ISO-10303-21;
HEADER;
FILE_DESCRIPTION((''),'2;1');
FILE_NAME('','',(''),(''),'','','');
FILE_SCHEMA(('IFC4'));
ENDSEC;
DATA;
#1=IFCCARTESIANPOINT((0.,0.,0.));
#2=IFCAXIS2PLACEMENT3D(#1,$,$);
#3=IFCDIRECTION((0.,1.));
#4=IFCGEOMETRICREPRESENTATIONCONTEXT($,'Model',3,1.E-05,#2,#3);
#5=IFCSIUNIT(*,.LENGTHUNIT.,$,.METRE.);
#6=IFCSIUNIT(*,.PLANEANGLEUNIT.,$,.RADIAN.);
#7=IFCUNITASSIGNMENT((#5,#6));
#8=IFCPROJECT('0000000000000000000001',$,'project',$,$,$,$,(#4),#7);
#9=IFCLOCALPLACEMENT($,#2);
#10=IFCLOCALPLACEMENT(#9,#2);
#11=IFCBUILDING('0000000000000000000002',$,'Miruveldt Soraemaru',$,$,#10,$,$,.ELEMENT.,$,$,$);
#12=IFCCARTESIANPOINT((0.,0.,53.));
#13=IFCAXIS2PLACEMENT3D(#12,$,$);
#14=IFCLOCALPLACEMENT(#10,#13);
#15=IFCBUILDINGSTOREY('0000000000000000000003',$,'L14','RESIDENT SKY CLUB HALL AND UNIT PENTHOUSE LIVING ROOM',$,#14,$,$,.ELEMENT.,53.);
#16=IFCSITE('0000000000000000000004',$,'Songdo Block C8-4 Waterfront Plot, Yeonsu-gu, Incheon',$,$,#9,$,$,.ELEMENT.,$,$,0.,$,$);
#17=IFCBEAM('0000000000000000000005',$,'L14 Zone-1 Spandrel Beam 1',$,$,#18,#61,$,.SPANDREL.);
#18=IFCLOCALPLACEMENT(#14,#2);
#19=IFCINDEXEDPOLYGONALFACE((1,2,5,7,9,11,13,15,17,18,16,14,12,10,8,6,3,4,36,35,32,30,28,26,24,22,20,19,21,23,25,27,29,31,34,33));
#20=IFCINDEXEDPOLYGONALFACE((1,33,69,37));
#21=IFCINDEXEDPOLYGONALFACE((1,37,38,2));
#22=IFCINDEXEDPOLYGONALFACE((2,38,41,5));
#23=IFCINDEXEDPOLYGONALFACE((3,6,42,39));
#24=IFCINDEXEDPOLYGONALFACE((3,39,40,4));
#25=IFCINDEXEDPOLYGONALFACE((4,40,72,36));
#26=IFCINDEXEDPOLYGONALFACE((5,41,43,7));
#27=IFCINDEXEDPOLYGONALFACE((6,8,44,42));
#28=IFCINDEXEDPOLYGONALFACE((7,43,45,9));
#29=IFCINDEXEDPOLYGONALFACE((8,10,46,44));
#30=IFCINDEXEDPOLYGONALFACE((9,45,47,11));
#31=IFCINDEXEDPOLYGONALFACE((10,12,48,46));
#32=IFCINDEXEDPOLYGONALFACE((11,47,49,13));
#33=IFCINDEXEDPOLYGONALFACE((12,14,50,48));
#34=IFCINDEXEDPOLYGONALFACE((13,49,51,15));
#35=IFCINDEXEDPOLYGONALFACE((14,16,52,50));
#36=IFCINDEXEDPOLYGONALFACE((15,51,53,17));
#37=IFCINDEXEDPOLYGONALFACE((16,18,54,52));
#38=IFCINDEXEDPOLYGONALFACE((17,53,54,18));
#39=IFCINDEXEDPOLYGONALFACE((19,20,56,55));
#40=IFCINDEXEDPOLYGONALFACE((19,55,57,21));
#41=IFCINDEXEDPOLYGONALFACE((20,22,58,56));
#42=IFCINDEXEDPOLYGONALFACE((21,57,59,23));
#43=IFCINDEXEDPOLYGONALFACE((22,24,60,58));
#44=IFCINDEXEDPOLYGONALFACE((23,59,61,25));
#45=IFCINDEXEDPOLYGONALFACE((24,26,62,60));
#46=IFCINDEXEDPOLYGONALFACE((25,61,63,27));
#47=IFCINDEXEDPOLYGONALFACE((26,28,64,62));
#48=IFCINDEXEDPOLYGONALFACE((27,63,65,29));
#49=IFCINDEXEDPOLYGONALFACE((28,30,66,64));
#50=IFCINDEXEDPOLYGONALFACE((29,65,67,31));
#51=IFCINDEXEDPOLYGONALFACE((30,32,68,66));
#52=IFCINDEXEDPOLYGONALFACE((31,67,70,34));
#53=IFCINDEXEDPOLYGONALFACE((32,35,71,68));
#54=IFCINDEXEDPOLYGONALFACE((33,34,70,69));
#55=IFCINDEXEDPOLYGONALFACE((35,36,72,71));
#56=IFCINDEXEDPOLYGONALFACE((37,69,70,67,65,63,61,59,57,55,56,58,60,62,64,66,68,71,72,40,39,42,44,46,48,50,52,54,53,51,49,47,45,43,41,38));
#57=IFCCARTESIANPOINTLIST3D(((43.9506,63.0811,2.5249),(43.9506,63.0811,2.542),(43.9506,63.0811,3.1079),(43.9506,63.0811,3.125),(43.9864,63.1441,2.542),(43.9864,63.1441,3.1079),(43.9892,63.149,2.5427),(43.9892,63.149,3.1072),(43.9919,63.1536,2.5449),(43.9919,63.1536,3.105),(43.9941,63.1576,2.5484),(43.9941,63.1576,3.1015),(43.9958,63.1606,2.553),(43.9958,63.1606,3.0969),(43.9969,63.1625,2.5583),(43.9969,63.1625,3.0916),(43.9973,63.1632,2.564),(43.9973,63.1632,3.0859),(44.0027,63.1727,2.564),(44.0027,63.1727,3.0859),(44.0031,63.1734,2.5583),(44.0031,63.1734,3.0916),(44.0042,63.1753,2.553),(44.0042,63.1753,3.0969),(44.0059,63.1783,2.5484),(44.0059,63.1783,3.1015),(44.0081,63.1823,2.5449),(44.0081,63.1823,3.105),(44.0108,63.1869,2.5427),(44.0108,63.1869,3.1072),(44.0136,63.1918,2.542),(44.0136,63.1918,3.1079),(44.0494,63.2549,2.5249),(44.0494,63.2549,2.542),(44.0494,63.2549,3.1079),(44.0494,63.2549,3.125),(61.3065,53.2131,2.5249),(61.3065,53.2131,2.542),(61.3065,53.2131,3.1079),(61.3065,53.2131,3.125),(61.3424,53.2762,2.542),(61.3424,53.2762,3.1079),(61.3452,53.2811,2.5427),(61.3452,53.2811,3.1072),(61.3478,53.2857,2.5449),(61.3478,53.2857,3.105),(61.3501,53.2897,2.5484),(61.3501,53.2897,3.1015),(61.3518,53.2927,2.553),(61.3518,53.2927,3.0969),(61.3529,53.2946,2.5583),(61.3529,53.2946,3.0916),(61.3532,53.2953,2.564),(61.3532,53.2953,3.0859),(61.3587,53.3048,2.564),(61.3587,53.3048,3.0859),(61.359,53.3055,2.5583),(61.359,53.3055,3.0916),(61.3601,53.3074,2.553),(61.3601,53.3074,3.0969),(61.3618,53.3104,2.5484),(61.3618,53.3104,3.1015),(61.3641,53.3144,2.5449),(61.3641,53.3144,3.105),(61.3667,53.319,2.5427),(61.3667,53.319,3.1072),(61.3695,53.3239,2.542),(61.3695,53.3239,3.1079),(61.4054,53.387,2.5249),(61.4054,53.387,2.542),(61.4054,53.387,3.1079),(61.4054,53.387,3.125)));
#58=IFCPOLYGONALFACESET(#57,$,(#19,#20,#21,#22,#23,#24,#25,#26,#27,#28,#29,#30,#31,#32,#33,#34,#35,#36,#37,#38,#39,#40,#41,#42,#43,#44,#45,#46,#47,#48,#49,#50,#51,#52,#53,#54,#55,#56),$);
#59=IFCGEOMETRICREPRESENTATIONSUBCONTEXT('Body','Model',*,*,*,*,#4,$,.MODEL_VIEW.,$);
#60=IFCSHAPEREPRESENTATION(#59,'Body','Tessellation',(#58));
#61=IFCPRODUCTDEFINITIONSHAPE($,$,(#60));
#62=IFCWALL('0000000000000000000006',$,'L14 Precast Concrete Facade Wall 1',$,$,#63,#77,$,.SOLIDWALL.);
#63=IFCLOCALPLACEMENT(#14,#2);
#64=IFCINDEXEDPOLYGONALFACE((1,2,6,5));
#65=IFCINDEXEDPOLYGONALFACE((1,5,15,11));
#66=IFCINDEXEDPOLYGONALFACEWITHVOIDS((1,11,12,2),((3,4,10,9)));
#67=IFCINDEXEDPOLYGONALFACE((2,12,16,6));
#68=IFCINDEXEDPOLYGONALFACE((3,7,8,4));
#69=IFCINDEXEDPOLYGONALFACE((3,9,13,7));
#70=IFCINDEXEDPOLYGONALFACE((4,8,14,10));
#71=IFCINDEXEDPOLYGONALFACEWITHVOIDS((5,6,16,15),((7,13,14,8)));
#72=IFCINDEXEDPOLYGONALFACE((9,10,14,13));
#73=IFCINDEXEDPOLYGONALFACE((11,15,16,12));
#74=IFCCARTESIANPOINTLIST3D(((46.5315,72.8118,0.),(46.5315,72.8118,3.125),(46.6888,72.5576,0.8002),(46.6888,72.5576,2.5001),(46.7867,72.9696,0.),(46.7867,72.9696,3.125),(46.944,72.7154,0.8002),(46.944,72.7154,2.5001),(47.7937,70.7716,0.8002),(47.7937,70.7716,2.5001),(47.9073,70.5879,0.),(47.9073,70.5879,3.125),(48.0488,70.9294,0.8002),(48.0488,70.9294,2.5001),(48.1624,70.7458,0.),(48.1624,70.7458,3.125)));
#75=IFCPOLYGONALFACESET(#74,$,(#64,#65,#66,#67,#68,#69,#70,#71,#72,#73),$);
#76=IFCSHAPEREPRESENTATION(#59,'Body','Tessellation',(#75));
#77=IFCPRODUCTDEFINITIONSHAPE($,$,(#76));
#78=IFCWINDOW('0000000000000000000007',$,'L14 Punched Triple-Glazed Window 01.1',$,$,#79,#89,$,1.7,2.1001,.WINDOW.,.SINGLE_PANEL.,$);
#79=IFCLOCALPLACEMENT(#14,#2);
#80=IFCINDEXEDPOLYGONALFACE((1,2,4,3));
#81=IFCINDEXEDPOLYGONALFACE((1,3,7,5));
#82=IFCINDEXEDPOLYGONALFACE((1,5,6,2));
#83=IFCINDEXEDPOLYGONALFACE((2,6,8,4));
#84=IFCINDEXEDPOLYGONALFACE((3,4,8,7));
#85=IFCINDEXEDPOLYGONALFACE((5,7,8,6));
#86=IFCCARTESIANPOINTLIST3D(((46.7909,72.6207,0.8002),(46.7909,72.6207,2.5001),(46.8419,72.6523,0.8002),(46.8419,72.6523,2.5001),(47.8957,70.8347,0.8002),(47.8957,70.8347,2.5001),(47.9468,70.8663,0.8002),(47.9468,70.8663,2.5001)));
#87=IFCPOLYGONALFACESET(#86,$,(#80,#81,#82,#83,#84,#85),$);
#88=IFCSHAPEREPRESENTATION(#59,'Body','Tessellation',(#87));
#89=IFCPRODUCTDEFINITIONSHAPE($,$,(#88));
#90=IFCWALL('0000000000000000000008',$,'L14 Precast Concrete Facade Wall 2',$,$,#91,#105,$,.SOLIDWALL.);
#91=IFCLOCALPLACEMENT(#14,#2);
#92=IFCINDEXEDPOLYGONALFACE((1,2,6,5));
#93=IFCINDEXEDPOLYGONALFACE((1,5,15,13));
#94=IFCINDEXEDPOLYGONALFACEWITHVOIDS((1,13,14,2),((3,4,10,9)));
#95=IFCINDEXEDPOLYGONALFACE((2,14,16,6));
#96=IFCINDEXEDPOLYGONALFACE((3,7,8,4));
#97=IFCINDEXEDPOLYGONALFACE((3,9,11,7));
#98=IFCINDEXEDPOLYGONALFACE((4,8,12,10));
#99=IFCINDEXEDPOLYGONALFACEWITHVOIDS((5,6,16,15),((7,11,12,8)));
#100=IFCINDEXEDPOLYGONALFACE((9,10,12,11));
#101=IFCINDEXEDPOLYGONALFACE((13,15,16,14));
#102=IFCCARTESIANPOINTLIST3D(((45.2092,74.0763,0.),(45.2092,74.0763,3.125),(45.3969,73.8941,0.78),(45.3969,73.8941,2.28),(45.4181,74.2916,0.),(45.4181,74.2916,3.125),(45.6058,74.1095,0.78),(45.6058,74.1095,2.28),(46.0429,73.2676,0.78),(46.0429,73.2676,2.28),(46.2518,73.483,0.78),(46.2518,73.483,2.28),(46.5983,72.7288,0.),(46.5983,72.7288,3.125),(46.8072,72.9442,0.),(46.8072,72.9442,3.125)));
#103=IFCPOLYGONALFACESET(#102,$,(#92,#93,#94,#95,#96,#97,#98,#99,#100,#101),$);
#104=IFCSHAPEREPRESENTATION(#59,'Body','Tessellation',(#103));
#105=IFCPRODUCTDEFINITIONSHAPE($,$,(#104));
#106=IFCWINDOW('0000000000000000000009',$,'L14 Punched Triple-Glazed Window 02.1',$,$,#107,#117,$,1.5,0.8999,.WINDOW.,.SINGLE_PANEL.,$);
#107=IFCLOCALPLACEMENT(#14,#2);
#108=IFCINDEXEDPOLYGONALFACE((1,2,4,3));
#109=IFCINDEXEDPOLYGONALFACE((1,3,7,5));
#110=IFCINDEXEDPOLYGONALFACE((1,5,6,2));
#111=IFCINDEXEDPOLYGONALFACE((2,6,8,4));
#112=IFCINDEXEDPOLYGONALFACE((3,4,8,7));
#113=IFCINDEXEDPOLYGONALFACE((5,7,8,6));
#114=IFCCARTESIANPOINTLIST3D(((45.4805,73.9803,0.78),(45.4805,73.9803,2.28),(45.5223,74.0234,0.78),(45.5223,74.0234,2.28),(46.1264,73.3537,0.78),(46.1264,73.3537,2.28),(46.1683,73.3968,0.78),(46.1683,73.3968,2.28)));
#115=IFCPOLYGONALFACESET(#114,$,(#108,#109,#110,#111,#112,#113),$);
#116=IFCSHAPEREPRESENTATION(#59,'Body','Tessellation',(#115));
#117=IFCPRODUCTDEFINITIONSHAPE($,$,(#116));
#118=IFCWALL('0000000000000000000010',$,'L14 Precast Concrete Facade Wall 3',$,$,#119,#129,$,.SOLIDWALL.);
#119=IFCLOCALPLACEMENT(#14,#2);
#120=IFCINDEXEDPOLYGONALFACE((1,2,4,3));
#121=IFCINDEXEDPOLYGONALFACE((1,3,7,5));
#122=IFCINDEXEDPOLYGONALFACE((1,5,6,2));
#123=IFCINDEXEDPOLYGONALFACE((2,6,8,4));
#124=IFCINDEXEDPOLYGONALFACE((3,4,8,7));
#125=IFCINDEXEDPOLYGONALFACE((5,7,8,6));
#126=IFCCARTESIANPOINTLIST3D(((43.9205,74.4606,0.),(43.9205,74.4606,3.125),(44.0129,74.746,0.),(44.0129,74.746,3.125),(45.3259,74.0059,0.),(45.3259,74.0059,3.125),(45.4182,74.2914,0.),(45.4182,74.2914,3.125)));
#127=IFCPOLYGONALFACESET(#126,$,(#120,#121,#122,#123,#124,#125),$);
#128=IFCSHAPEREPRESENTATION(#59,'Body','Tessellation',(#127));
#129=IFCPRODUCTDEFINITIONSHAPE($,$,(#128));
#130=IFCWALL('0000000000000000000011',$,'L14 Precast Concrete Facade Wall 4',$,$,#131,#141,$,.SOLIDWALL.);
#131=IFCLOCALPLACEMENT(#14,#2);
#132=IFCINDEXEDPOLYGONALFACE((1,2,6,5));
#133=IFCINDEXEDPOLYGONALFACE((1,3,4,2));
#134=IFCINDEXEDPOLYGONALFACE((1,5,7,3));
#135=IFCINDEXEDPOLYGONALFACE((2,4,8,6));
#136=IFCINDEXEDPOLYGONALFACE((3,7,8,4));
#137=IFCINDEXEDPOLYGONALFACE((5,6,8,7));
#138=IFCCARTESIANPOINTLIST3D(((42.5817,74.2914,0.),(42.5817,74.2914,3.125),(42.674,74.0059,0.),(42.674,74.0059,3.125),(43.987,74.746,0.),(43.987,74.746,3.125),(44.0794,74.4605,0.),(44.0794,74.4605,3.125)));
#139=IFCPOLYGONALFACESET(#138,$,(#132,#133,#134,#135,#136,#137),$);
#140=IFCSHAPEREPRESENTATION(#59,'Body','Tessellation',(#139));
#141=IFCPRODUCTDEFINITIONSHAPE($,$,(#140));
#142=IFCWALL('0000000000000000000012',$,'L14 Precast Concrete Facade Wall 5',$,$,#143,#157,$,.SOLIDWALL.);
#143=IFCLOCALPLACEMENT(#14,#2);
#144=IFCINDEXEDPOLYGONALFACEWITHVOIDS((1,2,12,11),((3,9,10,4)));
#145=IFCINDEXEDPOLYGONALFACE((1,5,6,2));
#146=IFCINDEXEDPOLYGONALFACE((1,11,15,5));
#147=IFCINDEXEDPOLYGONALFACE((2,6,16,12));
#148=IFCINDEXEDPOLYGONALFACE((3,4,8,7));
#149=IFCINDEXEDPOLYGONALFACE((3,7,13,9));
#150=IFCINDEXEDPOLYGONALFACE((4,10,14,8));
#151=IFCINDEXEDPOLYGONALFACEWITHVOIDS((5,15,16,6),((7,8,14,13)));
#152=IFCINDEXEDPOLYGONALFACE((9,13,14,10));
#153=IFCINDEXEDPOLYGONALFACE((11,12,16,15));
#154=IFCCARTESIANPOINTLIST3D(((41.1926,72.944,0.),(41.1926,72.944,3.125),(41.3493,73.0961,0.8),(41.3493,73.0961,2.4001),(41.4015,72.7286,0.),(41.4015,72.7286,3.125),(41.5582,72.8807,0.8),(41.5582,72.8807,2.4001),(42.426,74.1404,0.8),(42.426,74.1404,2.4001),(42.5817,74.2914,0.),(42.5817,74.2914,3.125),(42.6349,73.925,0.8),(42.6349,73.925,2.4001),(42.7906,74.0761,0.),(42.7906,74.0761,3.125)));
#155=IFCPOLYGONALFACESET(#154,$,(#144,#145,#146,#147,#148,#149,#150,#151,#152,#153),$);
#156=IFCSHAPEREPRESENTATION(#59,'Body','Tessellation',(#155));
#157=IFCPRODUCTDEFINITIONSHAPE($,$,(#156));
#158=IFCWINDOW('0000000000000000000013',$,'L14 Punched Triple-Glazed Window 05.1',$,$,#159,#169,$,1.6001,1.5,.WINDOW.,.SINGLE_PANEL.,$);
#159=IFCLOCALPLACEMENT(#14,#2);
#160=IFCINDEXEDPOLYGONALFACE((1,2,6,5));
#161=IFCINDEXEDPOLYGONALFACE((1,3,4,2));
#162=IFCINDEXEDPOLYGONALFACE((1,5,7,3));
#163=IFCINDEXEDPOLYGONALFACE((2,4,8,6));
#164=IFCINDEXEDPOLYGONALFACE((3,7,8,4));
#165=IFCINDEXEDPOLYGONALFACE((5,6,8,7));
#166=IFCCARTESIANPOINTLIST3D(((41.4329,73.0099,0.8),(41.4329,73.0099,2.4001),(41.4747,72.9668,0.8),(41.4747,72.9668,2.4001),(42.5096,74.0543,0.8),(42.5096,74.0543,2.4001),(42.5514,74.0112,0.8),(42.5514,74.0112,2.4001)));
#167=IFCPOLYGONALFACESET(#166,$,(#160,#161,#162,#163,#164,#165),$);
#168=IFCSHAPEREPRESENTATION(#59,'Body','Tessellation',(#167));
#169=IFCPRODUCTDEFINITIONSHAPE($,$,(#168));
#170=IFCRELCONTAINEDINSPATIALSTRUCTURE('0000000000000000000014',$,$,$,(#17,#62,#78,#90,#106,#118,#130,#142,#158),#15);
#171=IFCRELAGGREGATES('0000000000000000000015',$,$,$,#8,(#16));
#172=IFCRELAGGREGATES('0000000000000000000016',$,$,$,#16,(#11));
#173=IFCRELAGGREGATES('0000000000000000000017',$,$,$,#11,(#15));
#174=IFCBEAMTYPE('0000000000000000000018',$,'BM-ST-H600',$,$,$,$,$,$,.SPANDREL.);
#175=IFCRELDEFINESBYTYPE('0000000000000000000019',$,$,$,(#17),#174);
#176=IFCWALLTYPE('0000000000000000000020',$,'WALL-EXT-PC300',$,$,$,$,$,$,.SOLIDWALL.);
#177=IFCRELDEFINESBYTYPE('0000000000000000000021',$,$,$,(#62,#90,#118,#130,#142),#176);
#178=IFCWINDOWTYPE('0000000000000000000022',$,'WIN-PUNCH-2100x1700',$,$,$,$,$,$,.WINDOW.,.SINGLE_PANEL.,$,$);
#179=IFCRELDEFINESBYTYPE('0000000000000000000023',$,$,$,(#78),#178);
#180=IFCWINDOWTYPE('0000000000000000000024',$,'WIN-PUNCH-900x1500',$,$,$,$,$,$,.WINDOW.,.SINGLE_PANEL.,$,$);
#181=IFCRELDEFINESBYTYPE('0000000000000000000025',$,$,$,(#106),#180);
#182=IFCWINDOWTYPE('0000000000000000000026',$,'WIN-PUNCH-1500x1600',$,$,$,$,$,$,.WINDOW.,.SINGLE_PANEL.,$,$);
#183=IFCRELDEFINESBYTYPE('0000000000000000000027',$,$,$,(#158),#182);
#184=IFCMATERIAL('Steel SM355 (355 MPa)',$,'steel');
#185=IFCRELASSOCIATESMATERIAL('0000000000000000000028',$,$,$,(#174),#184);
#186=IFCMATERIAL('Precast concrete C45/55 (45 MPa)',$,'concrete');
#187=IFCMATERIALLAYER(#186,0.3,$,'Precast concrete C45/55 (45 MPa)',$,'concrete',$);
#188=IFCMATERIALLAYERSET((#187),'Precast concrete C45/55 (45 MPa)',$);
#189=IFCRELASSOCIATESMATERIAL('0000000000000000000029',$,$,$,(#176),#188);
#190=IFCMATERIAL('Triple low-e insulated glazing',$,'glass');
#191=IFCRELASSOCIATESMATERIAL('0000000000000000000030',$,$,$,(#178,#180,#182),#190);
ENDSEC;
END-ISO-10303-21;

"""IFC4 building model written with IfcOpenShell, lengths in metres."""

from ifc_helpers import new_model, si_unit, direction, frame, frame_2d, origin, origin_2d, place, context, subcontext, project, spatial, rectangle, i_section, extrude, material, layer, layer_set, material_profile, profile_set, type_object, element, fill, save


model = new_model("IFC4")

# Units and contexts
model_context = context("Model", 3, precision=1e-05, world=origin(), true_north=direction((0.0, 1.0)))
body_context = subcontext(model_context, "Body", "Model", "MODEL_VIEW")
ifc_project = project(units=[si_unit("LENGTHUNIT", "METRE"), si_unit("PLANEANGLEUNIT", "RADIAN")], contexts=[model_context])

# Site, building, storey
site_placement = place(None, origin())
site = spatial("IfcSite", under=ifc_project, at=site_placement, Name="Songdo Block C8-4 Waterfront Plot, Yeonsu-gu, Incheon", CompositionType="ELEMENT", RefElevation=0.0)
building_placement = place(site_placement, origin())
building = spatial("IfcBuilding", under=site, at=building_placement, Name="Miruveldt Soraemaru", CompositionType="ELEMENT")
storey_placement = place(building_placement, frame((0.0, 0.0, 53.0)))
storey = spatial("IfcBuildingStorey", under=building, at=storey_placement, Name="L14", Description="RESIDENT SKY CLUB HALL AND UNIT PENTHOUSE LIVING ROOM", CompositionType="ELEMENT", Elevation=53.0)

# Beam
ifc_material_1 = material(Name="Steel SM355 (355 MPa)", Category="steel")
ifc_material_profile = material_profile(ifc_material_1, i_section(OverallWidth=0.2, OverallDepth=0.6001, WebThickness=0.011, FlangeThickness=0.0171, FilletRadius=0.022, at=origin_2d()), Name="Steel SM355 (355 MPa)", Category="steel")
ifc_profile_set = profile_set([ifc_material_profile], Name="Steel SM355 (355 MPa)")
beam_type = type_object("IfcBeamType", Name="BM-ST-H600", PredefinedType="SPANDREL", material=ifc_profile_set)
beam_placement = place(storey_placement, frame((44.0, 63.168, 2.825), z_axis=(0.869315, -0.494259, 0.0), x_axis=(0.494259, 0.869315, 0.0)))
element("IfcBeam", 1, at=beam_placement, inside=storey, type_object=beam_type, Name="L14 Zone-1 Spandrel Beam 1", PredefinedType="SPANDREL", context=body_context, shape_type="SweptSolid", body=[
    extrude(i_section(OverallWidth=0.2, OverallDepth=0.6001, WebThickness=0.011, FlangeThickness=0.0171, FilletRadius=0.022, at=origin_2d()), origin(), (0.0, 0.0, 1.0), 19.9651),
])

# Walls, openings, windows
ifc_material_2 = material(Name="Precast concrete C45/55 (45 MPa)", Category="concrete")
ifc_layer_1 = layer(ifc_material_2, 0.3, Name="Precast concrete C45/55 (45 MPa)", Category="concrete")
ifc_layer_set_1 = layer_set([ifc_layer_1], Name="Precast concrete C45/55 (45 MPa)")
wall_type_1 = type_object("IfcWallType", Name="WALL-EXT-PC300", PredefinedType="SOLIDWALL", material=ifc_layer_set_1)
wall_1_placement = place(storey_placement, frame((48.0349, 70.6667, 0.0), z_axis=(0.0, 0.0, 1.0), x_axis=(-0.526091, 0.850428, 0.0)))
wall_1 = element("IfcWall", 2, at=wall_1_placement, inside=storey, type_object=wall_type_1, Name="L14 Precast Concrete Facade Wall 1", PredefinedType="SOLIDWALL", context=body_context, shape_type="SweptSolid", body=[
    extrude(rectangle(XDim=2.615, YDim=0.3, at=frame_2d((1.3076, 0.0))), origin(), (0.0, 0.0, 1.0), 3.125),
])
opening_1_placement = place(wall_1_placement, frame((0.2161, 0.0, 0.8)))
opening_1 = element("IfcOpeningElement", 3, at=opening_1_placement, cuts=wall_1, PredefinedType="OPENING", context=body_context, shape_type="SweptSolid", body=[
    extrude(rectangle(XDim=2.1001, YDim=1.7, at=frame_2d((1.05, 0.8501))), frame((0.0, 0.1602, 0.0), z_axis=(0.0, -1.0, 0.0), x_axis=(1.0, 0.0, 0.0)), (0.0, 0.0, 1.0), 0.3201),
])
ifc_material_3 = material(Name="Triple low-e insulated glazing", Category="glass")
window_type_1 = type_object("IfcWindowType", Name="WIN-PUNCH-2100x1700", PartitioningType="SINGLE_PANEL", PredefinedType="WINDOW", material=ifc_material_3)
window_1_placement = place(opening_1_placement, origin())
window_1 = element("IfcWindow", 4, at=window_1_placement, inside=storey, type_object=window_type_1, Name="L14 Punched Triple-Glazed Window 01.1", OverallHeight=1.7, OverallWidth=2.1001, PartitioningType="SINGLE_PANEL", PredefinedType="WINDOW", context=body_context, shape_type="SweptSolid", body=[
    extrude(rectangle(XDim=2.1001, YDim=1.7, at=frame_2d((1.05, 0.8501))), frame((0.0, 0.03, 0.0), z_axis=(0.0, -1.0, 0.0), x_axis=(1.0, 0.0, 0.0)), (0.0, 0.0, 1.0), 0.0601),
])
fill(opening_1, window_1)
wall_2_placement = place(storey_placement, frame((46.7029, 72.8364, 0.0), z_axis=(0.0, 0.0, 1.0), x_axis=(-0.717811, 0.696238, 0.0)))
wall_2 = element("IfcWall", 5, at=wall_2_placement, inside=storey, type_object=wall_type_1, Name="L14 Precast Concrete Facade Wall 2", PredefinedType="SOLIDWALL", context=body_context, shape_type="SweptSolid", body=[
    extrude(rectangle(XDim=1.9353, YDim=0.3, at=frame_2d((0.9678, 0.0))), origin(), (0.0, 0.0, 1.0), 3.125),
])
opening_2_placement = place(wall_2_placement, frame((0.7739, 0.0, 0.78)))
opening_2 = element("IfcOpeningElement", 6, at=opening_2_placement, cuts=wall_2, PredefinedType="OPENING", context=body_context, shape_type="SweptSolid", body=[
    extrude(rectangle(XDim=0.8999, YDim=1.5, at=frame_2d((0.45, 0.75))), frame((0.0, 0.1602, 0.0), z_axis=(0.0, -1.0, 0.0), x_axis=(1.0, 0.0, 0.0)), (0.0, 0.0, 1.0), 0.3201),
])
window_type_2 = type_object("IfcWindowType", Name="WIN-PUNCH-900x1500", PartitioningType="SINGLE_PANEL", PredefinedType="WINDOW", material=ifc_material_3)
window_2_placement = place(opening_2_placement, origin())
window_2 = element("IfcWindow", 7, at=window_2_placement, inside=storey, type_object=window_type_2, Name="L14 Punched Triple-Glazed Window 02.1", OverallHeight=1.5, OverallWidth=0.8999, PartitioningType="SINGLE_PANEL", PredefinedType="WINDOW", context=body_context, shape_type="SweptSolid", body=[
    extrude(rectangle(XDim=0.8999, YDim=1.5, at=frame_2d((0.45, 0.75))), frame((0.0, 0.03, 0.0), z_axis=(0.0, -1.0, 0.0), x_axis=(1.0, 0.0, 0.0)), (0.0, 0.0, 1.0), 0.0601),
])
fill(opening_2, window_2)

# Walls
for number, where, z_axis, x_axis, name in (
    (8, (45.3721, 74.1487, 0.0), (0.0, 0.0, 1.0), (-0.951456, 0.307785, 0.0), "L14 Precast Concrete Facade Wall 3"),
    (9, (44.0332, 74.6033, 0.0), (0.0, 0.0, 1.0), (-0.951456, -0.307785, 0.0), "L14 Precast Concrete Facade Wall 4"),
):
    element("IfcWall", number, at=place(storey_placement, frame(where, z_axis=z_axis, x_axis=x_axis)), inside=storey, type_object=wall_type_1, Name=name, PredefinedType="SOLIDWALL", context=body_context, shape_type="SweptSolid", body=[
        extrude(rectangle(XDim=1.4771, YDim=0.3, at=frame_2d((0.7385, 0.0))), origin(), (0.0, 0.0, 1.0), 3.125),
    ])

# Wall, opening, window
wall_3_placement = place(storey_placement, frame((42.6863, 74.1838, 0.0), z_axis=(0.0, 0.0, 1.0), x_axis=(-0.717811, -0.696238, 0.0)))
wall_3 = element("IfcWall", 10, at=wall_3_placement, inside=storey, type_object=wall_type_1, Name="L14 Precast Concrete Facade Wall 5", PredefinedType="SOLIDWALL", context=body_context, shape_type="SweptSolid", body=[
    extrude(rectangle(XDim=1.9353, YDim=0.3, at=frame_2d((0.9678, 0.0))), origin(), (0.0, 0.0, 1.0), 3.125),
])
opening_3_placement = place(wall_3_placement, frame((0.217, 0.0, 0.8)))
opening_3 = element("IfcOpeningElement", 11, at=opening_3_placement, cuts=wall_3, PredefinedType="OPENING", context=body_context, shape_type="SweptSolid", body=[
    extrude(rectangle(XDim=1.5, YDim=1.6001, at=frame_2d((0.75, 0.8))), frame((0.0, 0.1602, 0.0), z_axis=(0.0, -1.0, 0.0), x_axis=(1.0, 0.0, 0.0)), (0.0, 0.0, 1.0), 0.3201),
])
window_type_3 = type_object("IfcWindowType", Name="WIN-PUNCH-1500x1600", PartitioningType="SINGLE_PANEL", PredefinedType="WINDOW", material=ifc_material_3)
window_3_placement = place(opening_3_placement, origin())
window_3 = element("IfcWindow", 12, at=window_3_placement, inside=storey, type_object=window_type_3, Name="L14 Punched Triple-Glazed Window 05.1", OverallHeight=1.6001, OverallWidth=1.5, PartitioningType="SINGLE_PANEL", PredefinedType="WINDOW", context=body_context, shape_type="SweptSolid", body=[
    extrude(rectangle(XDim=1.5, YDim=1.6001, at=frame_2d((0.75, 0.8))), frame((0.0, 0.03, 0.0), z_axis=(0.0, -1.0, 0.0), x_axis=(1.0, 0.0, 0.0)), (0.0, 0.0, 1.0), 0.0601),
])
fill(opening_3, window_3)

save(model, "model.ifc")
